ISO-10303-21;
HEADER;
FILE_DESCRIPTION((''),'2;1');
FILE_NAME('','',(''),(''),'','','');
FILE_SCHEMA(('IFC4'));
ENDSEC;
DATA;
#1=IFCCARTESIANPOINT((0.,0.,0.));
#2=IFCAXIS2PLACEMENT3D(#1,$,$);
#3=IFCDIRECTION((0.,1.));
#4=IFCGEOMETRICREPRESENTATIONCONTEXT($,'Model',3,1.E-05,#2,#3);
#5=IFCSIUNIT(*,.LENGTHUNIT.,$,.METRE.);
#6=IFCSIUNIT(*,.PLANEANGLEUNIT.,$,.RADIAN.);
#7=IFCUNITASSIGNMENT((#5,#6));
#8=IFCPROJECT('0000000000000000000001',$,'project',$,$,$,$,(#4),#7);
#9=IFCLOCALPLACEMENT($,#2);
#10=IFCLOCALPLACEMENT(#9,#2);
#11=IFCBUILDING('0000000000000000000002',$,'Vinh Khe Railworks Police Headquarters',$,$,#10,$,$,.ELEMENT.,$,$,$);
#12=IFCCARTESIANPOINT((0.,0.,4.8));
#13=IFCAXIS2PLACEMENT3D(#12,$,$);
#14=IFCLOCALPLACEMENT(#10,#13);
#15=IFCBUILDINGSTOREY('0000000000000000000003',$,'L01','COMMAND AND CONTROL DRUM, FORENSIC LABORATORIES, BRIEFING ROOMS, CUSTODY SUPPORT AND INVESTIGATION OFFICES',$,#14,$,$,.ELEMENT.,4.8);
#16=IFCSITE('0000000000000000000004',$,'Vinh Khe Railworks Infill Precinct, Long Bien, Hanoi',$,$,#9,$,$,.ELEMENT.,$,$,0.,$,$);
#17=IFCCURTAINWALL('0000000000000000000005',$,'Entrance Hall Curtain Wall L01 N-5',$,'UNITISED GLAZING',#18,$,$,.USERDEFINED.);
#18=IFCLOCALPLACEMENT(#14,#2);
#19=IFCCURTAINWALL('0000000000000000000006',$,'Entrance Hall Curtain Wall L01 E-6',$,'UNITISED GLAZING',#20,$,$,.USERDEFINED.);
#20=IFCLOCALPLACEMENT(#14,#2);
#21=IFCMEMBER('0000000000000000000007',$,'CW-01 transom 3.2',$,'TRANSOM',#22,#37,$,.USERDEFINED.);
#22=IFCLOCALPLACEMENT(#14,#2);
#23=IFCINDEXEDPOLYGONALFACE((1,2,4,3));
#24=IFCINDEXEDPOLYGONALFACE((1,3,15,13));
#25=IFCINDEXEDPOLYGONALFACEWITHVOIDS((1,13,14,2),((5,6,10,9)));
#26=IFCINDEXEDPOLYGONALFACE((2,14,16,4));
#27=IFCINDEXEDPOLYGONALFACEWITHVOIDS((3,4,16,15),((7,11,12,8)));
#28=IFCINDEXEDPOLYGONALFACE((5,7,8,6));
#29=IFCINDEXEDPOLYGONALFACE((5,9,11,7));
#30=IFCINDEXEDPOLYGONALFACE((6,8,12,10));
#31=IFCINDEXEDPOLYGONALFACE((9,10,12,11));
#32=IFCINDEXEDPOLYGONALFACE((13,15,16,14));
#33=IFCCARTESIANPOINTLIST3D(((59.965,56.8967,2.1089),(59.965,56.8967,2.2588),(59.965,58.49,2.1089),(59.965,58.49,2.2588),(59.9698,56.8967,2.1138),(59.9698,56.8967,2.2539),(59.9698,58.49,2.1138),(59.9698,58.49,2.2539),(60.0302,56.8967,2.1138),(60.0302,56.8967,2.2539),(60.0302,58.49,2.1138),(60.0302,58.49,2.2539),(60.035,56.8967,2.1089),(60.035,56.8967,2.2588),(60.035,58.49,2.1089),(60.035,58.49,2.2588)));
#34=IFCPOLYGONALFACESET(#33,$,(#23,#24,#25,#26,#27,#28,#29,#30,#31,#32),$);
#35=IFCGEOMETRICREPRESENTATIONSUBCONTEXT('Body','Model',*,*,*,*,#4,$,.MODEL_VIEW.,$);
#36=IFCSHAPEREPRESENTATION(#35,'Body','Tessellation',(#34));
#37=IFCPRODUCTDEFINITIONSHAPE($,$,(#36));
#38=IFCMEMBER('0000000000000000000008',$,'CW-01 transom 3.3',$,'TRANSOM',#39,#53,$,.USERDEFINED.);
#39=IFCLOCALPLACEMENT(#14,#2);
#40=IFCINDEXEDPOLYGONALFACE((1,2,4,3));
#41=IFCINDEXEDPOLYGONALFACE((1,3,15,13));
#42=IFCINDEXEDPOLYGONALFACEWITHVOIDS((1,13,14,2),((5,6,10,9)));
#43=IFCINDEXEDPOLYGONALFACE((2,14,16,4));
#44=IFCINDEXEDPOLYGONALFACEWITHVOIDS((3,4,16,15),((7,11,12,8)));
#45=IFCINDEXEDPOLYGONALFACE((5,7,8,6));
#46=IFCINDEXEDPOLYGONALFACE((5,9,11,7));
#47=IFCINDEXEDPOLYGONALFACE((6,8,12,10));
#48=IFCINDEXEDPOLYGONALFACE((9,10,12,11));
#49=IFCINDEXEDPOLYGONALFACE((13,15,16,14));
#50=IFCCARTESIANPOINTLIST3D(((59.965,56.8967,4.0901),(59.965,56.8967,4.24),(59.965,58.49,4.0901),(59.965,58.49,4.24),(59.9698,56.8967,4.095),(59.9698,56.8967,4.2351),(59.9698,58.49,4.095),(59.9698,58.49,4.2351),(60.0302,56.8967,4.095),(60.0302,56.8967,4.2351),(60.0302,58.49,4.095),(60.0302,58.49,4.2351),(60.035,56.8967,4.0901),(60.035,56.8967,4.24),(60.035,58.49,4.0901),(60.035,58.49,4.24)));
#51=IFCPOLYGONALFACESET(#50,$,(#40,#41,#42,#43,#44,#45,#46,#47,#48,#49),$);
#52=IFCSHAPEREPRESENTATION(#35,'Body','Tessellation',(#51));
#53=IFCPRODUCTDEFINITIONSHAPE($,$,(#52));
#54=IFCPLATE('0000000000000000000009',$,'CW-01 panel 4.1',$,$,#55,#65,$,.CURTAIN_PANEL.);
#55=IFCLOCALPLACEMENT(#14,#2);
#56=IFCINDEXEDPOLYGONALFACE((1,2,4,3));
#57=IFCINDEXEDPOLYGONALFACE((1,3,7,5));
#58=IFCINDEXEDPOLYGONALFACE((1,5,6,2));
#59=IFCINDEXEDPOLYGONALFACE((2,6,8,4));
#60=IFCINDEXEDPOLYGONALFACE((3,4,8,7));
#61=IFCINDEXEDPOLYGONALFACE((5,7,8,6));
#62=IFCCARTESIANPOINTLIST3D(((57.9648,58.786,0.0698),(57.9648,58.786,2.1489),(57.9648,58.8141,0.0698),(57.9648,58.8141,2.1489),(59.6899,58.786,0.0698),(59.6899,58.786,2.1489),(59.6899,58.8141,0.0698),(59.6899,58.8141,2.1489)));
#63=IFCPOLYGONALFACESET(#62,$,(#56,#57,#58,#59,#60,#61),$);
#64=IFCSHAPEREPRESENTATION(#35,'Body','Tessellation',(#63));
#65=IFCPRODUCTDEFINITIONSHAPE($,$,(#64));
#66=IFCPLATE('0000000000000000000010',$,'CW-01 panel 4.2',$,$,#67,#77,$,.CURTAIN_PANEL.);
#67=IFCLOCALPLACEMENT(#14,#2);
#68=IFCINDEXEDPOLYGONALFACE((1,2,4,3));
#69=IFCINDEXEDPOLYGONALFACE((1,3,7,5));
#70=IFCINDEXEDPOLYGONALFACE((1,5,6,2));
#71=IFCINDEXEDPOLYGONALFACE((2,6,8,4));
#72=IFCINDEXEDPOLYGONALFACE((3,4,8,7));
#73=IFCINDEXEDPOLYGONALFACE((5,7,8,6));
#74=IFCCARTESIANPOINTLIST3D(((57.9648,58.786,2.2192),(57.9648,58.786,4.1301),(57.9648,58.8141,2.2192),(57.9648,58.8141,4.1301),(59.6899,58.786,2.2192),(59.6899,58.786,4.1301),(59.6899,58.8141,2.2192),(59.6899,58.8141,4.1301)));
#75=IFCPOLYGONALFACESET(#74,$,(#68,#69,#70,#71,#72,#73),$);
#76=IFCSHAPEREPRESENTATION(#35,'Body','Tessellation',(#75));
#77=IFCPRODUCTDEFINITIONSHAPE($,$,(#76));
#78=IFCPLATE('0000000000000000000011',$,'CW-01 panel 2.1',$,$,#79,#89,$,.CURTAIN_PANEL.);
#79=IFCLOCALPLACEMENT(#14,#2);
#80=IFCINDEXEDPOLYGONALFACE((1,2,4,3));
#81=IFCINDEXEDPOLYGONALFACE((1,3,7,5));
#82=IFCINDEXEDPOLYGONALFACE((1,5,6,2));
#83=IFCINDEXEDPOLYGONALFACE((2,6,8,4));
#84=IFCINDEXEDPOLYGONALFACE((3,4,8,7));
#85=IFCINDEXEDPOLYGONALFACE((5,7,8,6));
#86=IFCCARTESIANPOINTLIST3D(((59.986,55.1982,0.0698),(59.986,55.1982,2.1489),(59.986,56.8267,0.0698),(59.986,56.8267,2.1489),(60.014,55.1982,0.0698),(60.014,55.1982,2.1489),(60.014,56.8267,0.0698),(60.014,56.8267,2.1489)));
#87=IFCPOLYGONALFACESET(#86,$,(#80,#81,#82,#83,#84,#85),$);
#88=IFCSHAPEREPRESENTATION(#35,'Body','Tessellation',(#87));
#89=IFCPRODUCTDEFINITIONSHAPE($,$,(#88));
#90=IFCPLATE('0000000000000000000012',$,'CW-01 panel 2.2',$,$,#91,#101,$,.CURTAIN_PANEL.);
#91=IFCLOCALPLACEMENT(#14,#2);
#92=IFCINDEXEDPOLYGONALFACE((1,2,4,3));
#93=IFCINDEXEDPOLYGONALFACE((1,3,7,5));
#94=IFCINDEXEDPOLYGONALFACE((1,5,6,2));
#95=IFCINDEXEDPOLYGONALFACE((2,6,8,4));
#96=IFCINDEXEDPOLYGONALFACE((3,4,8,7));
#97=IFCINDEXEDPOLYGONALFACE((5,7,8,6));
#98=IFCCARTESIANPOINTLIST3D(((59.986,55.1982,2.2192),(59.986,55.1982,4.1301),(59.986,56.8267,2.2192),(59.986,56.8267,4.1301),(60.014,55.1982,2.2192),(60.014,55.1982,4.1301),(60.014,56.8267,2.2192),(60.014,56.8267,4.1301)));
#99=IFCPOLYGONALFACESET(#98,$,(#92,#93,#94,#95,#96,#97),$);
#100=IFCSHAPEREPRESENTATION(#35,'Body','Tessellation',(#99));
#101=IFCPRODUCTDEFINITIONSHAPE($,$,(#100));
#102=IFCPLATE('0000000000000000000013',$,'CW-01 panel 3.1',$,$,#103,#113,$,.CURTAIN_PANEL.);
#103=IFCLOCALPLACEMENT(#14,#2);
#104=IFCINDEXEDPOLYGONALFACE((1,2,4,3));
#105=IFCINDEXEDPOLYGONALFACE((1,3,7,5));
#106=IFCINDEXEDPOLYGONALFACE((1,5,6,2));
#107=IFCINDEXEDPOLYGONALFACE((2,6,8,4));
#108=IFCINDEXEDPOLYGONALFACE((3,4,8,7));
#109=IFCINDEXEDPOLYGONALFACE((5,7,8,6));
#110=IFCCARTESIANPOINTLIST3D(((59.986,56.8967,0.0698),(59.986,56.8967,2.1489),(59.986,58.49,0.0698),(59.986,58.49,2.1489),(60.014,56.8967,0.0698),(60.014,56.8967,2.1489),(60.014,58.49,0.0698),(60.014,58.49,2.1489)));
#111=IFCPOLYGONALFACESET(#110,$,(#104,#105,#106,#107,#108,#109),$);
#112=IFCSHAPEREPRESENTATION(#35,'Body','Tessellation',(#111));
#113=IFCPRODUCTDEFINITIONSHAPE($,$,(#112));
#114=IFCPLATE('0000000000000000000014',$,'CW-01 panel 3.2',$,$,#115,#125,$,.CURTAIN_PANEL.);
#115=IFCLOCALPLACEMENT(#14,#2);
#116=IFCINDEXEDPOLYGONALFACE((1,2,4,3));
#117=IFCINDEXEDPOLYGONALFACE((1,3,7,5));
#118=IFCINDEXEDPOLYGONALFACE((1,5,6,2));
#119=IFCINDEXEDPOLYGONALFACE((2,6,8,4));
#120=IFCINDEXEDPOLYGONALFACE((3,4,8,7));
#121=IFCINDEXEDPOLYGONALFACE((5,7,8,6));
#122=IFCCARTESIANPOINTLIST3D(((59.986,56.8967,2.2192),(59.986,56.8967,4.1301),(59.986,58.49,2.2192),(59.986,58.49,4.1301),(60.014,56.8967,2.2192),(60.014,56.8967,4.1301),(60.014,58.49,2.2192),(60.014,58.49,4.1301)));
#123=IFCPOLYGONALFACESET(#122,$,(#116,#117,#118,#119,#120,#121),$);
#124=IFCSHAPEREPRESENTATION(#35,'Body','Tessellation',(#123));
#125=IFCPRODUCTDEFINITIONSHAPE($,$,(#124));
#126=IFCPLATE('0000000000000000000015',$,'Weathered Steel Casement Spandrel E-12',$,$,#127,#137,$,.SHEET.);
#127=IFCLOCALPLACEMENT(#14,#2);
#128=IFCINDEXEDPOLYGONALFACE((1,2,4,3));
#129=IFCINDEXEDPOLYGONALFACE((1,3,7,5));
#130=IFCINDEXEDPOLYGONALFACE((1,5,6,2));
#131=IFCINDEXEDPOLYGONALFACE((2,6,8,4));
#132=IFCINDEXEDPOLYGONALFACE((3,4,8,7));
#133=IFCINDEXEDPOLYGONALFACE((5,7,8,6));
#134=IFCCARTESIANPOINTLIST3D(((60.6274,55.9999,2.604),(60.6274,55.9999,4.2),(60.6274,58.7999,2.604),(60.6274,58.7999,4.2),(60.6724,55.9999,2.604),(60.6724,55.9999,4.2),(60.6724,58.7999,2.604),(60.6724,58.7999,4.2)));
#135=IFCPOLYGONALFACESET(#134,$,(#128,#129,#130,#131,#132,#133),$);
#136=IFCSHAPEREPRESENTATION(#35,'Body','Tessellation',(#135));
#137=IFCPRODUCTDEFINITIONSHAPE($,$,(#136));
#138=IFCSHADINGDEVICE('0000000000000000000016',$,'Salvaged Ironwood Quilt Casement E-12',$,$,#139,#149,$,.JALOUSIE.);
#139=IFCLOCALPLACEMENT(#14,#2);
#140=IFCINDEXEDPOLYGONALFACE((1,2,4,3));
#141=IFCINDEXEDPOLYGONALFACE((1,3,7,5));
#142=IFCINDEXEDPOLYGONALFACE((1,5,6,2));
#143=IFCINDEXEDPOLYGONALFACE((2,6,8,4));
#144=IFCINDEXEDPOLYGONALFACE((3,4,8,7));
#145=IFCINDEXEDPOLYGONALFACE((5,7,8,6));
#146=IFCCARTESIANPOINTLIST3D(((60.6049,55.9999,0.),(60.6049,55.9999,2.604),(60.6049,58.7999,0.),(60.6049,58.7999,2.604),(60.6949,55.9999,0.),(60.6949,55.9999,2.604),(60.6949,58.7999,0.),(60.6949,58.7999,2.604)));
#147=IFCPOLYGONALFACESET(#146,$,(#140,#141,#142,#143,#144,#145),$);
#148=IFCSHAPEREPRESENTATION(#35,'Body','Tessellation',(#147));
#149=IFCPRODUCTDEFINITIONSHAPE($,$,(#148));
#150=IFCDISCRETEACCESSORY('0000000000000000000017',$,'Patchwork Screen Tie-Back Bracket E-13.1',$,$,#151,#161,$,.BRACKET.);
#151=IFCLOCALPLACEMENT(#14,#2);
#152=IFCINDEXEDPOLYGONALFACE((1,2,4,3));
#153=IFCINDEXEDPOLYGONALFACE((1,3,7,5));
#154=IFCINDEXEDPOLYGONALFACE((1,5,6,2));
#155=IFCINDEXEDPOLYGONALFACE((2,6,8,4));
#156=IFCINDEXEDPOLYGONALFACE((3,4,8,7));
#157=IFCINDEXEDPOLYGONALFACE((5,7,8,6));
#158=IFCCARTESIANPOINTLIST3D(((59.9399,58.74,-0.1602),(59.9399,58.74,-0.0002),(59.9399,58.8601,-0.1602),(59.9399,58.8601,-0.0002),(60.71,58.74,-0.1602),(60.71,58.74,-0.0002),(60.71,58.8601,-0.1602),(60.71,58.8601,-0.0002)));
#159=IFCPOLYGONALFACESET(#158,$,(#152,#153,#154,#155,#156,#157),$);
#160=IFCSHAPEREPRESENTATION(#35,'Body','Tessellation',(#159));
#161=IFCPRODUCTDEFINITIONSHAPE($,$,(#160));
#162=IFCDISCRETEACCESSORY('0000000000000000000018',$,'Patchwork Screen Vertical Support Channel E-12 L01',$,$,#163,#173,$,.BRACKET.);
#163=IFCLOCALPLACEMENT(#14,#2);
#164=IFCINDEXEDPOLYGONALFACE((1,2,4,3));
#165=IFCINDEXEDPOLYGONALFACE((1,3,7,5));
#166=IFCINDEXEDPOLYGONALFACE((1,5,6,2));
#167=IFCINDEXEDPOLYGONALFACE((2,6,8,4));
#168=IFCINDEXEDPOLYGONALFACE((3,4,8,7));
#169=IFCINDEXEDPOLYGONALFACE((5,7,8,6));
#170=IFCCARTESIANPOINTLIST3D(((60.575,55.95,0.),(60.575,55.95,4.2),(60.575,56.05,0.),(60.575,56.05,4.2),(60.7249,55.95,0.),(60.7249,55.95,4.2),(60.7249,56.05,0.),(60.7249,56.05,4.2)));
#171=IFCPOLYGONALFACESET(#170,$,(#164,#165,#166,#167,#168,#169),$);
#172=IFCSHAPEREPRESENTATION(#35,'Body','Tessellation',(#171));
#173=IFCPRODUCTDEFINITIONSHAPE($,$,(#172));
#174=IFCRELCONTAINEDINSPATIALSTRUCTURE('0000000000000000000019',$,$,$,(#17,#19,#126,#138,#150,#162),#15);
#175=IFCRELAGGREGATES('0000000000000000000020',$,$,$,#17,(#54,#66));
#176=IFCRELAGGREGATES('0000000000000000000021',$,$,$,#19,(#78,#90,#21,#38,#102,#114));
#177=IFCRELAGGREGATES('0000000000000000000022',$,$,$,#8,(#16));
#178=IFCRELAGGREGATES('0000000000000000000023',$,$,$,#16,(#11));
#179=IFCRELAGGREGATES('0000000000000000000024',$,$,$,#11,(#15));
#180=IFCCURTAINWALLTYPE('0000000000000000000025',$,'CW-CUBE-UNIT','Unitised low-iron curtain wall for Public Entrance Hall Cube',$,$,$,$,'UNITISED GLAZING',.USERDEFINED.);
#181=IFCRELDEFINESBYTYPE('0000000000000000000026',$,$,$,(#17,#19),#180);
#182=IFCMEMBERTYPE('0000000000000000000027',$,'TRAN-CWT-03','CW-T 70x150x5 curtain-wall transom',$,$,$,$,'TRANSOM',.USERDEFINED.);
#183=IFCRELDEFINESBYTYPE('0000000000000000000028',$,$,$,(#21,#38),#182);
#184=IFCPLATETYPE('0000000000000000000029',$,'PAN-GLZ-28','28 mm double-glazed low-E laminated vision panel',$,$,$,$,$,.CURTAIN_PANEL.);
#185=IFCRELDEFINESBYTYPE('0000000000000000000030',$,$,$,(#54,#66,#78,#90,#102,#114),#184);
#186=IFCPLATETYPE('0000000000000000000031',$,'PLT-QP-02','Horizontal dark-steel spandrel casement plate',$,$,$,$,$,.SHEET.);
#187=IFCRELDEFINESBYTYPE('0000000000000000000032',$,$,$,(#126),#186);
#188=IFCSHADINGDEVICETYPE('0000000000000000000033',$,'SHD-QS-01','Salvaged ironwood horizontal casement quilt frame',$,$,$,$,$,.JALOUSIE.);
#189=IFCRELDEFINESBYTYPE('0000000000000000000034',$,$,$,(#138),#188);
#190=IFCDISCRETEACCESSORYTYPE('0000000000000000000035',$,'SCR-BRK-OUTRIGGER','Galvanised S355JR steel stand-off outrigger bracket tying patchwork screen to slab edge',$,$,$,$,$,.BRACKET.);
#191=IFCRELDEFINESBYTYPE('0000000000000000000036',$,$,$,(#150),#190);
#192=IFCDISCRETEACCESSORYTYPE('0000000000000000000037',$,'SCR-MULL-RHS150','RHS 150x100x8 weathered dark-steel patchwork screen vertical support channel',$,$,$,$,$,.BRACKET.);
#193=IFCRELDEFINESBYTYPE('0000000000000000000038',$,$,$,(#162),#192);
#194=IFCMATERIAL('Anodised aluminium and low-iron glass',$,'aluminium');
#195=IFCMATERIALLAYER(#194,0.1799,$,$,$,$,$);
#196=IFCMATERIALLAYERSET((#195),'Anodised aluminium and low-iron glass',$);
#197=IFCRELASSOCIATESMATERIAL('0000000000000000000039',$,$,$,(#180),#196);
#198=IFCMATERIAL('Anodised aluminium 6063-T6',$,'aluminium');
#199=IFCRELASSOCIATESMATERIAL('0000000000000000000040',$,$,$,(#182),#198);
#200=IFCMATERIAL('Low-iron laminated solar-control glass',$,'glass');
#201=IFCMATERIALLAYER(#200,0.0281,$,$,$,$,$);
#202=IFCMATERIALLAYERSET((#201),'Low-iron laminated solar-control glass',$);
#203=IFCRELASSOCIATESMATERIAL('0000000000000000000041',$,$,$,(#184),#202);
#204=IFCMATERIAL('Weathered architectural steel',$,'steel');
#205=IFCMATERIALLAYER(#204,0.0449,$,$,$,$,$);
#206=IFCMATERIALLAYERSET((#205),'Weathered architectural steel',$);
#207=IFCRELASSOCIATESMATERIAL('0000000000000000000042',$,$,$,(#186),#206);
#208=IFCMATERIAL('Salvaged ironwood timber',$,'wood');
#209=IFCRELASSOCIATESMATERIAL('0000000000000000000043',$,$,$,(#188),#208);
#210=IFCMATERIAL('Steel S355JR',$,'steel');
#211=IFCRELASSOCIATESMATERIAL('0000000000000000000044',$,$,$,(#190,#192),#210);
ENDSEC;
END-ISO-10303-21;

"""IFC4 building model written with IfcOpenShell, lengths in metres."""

from ifc_helpers import new_model, si_unit, direction, frame, origin, origin_2d, place, context, subcontext, project, spatial, rectangle, hollow_rectangle, extrude, material, layer, layer_set, material_profile, profile_set, type_object, element, aggregate, save


model = new_model("IFC4")

# Units and contexts
model_context = context("Model", 3, precision=1e-05, world=origin(), true_north=direction((0.0, 1.0)))
body_context = subcontext(model_context, "Body", "Model", "MODEL_VIEW")
ifc_project = project(units=[si_unit("LENGTHUNIT", "METRE"), si_unit("PLANEANGLEUNIT", "RADIAN")], contexts=[model_context])

# Site, building, storey
site_placement = place(None, origin())
site = spatial("IfcSite", under=ifc_project, at=site_placement, Name="Vinh Khe Railworks Infill Precinct, Long Bien, Hanoi", CompositionType="ELEMENT", RefElevation=0.0)
building_placement = place(site_placement, origin())
building = spatial("IfcBuilding", under=site, at=building_placement, Name="Vinh Khe Railworks Police Headquarters", CompositionType="ELEMENT")
storey_placement = place(building_placement, frame((0.0, 0.0, 4.8)))
storey = spatial("IfcBuildingStorey", under=building, at=storey_placement, Name="L01", Description="COMMAND AND CONTROL DRUM, FORENSIC LABORATORIES, BRIEFING ROOMS, CUSTODY SUPPORT AND INVESTIGATION OFFICES", CompositionType="ELEMENT", Elevation=4.8)

# Shared definitions
ifc_material_1 = material(Name="Steel S355JR", Category="steel")

# Shared definitions
ifc_material_2 = material(Name="Salvaged ironwood timber", Category="wood")

# Curtain wall
ifc_material_3 = material(Name="Anodised aluminium and low-iron glass", Category="aluminium")
ifc_layer_1 = layer(ifc_material_3, 0.1799)
ifc_layer_set_1 = layer_set([ifc_layer_1], Name="Anodised aluminium and low-iron glass")
curtain_wall_type = type_object("IfcCurtainWallType", Name="CW-CUBE-UNIT", Description="Unitised low-iron curtain wall for Public Entrance Hall Cube", ElementType="UNITISED GLAZING", PredefinedType="USERDEFINED", material=ifc_layer_set_1)
curtain_wall_1_placement = place(storey_placement, origin())
curtain_wall_1 = element("IfcCurtainWall", 1, at=curtain_wall_1_placement, inside=storey, type_object=curtain_wall_type, Name="Entrance Hall Curtain Wall L01 N-5", ObjectType="UNITISED GLAZING", PredefinedType="USERDEFINED")
ifc_material_4 = material(Name="Anodised aluminium 6063-T6", Category="aluminium")

# Curtain wall, members
curtain_wall_2_placement = place(storey_placement, origin())
curtain_wall_2 = element("IfcCurtainWall", 2, at=curtain_wall_2_placement, inside=storey, type_object=curtain_wall_type, Name="Entrance Hall Curtain Wall L01 E-6", ObjectType="UNITISED GLAZING", PredefinedType="USERDEFINED")
ifc_material_profile_1 = material_profile(ifc_material_4, hollow_rectangle(XDim=0.0701, YDim=0.1499, WallThickness=0.0049, at=origin_2d()), Name="CW-T 70x150x5")
ifc_profile_set_1 = profile_set([ifc_material_profile_1], Name="Anodised aluminium 6063-T6")
member_type_1 = type_object("IfcMemberType", Name="TRAN-CWT-03", Description="CW-T 70x150x5 curtain-wall transom", ElementType="TRANSOM", PredefinedType="USERDEFINED", material=ifc_profile_set_1)
member_1_placement = place(storey_placement, frame((60.0, 56.8967, 2.1838), z_axis=(0.0, 1.0, 0.0), x_axis=(-1.0, 0.0, 0.0)))
member_1 = element("IfcMember", 3, at=member_1_placement, type_object=member_type_1, Name="CW-01 transom 3.2", ObjectType="TRANSOM", PredefinedType="USERDEFINED", context=body_context, shape_type="SweptSolid", body=[
    extrude(hollow_rectangle(XDim=0.0701, YDim=0.1499, WallThickness=0.0049, at=origin_2d()), origin(), (0.0, 0.0, 1.0), 1.5933),
])
member_2_placement = place(storey_placement, frame((60.0, 56.8967, 4.165), z_axis=(0.0, 1.0, 0.0), x_axis=(-1.0, 0.0, 0.0)))
member_2 = element("IfcMember", 4, at=member_2_placement, type_object=member_type_1, Name="CW-01 transom 3.3", ObjectType="TRANSOM", PredefinedType="USERDEFINED", context=body_context, shape_type="SweptSolid", body=[
    extrude(hollow_rectangle(XDim=0.0701, YDim=0.1499, WallThickness=0.0049, at=origin_2d()), origin(), (0.0, 0.0, 1.0), 1.5933),
])

# Plates
ifc_material_5 = material(Name="Low-iron laminated solar-control glass", Category="glass")
ifc_layer_2 = layer(ifc_material_5, 0.0281)
ifc_layer_set_2 = layer_set([ifc_layer_2], Name="Low-iron laminated solar-control glass")
plate_type_1 = type_object("IfcPlateType", Name="PAN-GLZ-28", Description="28 mm double-glazed low-E laminated vision panel", PredefinedType="CURTAIN_PANEL", material=ifc_layer_set_2)
plate_1_placement = place(storey_placement, frame((58.8274, 58.8, 0.0698), z_axis=(0.0, 0.0, 1.0), x_axis=(1.0, 0.0, 0.0)))
plate_1 = element("IfcPlate", 5, at=plate_1_placement, type_object=plate_type_1, Name="CW-01 panel 4.1", PredefinedType="CURTAIN_PANEL", context=body_context, shape_type="SweptSolid", body=[
    extrude(rectangle(XDim=1.7251, YDim=0.0281, at=origin_2d()), origin(), (0.0, 0.0, 1.0), 2.0791),
])
plate_2_placement = place(storey_placement, frame((58.8274, 58.8, 2.2192), z_axis=(0.0, 0.0, 1.0), x_axis=(1.0, 0.0, 0.0)))
plate_2 = element("IfcPlate", 6, at=plate_2_placement, type_object=plate_type_1, Name="CW-01 panel 4.2", PredefinedType="CURTAIN_PANEL", context=body_context, shape_type="SweptSolid", body=[
    extrude(rectangle(XDim=1.7251, YDim=0.0281, at=origin_2d()), origin(), (0.0, 0.0, 1.0), 1.9109),
])
aggregate(curtain_wall_1, [plate_1, plate_2])
plate_3_placement = place(storey_placement, frame((60.0, 56.0125, 0.0698), z_axis=(0.0, 0.0, 1.0), x_axis=(0.0, 1.0, 0.0)))
plate_3 = element("IfcPlate", 7, at=plate_3_placement, type_object=plate_type_1, Name="CW-01 panel 2.1", PredefinedType="CURTAIN_PANEL", context=body_context, shape_type="SweptSolid", body=[
    extrude(rectangle(XDim=1.6284, YDim=0.0281, at=origin_2d()), origin(), (0.0, 0.0, 1.0), 2.0791),
])
plate_4_placement = place(storey_placement, frame((60.0, 56.0125, 2.2192), z_axis=(0.0, 0.0, 1.0), x_axis=(0.0, 1.0, 0.0)))
plate_4 = element("IfcPlate", 8, at=plate_4_placement, type_object=plate_type_1, Name="CW-01 panel 2.2", PredefinedType="CURTAIN_PANEL", context=body_context, shape_type="SweptSolid", body=[
    extrude(rectangle(XDim=1.6284, YDim=0.0281, at=origin_2d()), origin(), (0.0, 0.0, 1.0), 1.9109),
])
plate_5_placement = place(storey_placement, frame((60.0, 57.6934, 0.0698), z_axis=(0.0, 0.0, 1.0), x_axis=(0.0, 1.0, 0.0)))
plate_5 = element("IfcPlate", 9, at=plate_5_placement, type_object=plate_type_1, Name="CW-01 panel 3.1", PredefinedType="CURTAIN_PANEL", context=body_context, shape_type="SweptSolid", body=[
    extrude(rectangle(XDim=1.5933, YDim=0.0281, at=origin_2d()), origin(), (0.0, 0.0, 1.0), 2.0791),
])
plate_6_placement = place(storey_placement, frame((60.0, 57.6934, 2.2192), z_axis=(0.0, 0.0, 1.0), x_axis=(0.0, 1.0, 0.0)))
plate_6 = element("IfcPlate", 10, at=plate_6_placement, type_object=plate_type_1, Name="CW-01 panel 3.2", PredefinedType="CURTAIN_PANEL", context=body_context, shape_type="SweptSolid", body=[
    extrude(rectangle(XDim=1.5933, YDim=0.0281, at=origin_2d()), origin(), (0.0, 0.0, 1.0), 1.9109),
])
aggregate(curtain_wall_2, [plate_3, plate_4, member_1, member_2, plate_5, plate_6])
ifc_material_6 = material(Name="Weathered architectural steel", Category="steel")
ifc_layer_3 = layer(ifc_material_6, 0.0449)
ifc_layer_set_3 = layer_set([ifc_layer_3], Name="Weathered architectural steel")
plate_type_2 = type_object("IfcPlateType", Name="PLT-QP-02", Description="Horizontal dark-steel spandrel casement plate", PredefinedType="SHEET", material=ifc_layer_set_3)
plate_7_placement = place(storey_placement, frame((60.6499, 57.3999, 2.604), z_axis=(0.0, 0.0, 1.0), x_axis=(0.0, 1.0, 0.0)))
element("IfcPlate", 11, at=plate_7_placement, inside=storey, type_object=plate_type_2, Name="Weathered Steel Casement Spandrel E-12", PredefinedType="SHEET", context=body_context, shape_type="SweptSolid", body=[
    extrude(rectangle(XDim=2.8, YDim=0.0449, at=origin_2d()), origin(), (0.0, 0.0, 1.0), 1.5959),
])

# Shading device
shading_device_type = type_object("IfcShadingDeviceType", Name="SHD-QS-01", Description="Salvaged ironwood horizontal casement quilt frame", PredefinedType="JALOUSIE", material=ifc_material_2)
shading_device_placement = place(storey_placement, frame((60.6499, 57.3999, 0.0), z_axis=(0.0, 0.0, 1.0), x_axis=(0.0, 1.0, 0.0)))
element("IfcShadingDevice", 12, at=shading_device_placement, inside=storey, type_object=shading_device_type, Name="Salvaged Ironwood Quilt Casement E-12", PredefinedType="JALOUSIE", context=body_context, shape_type="SweptSolid", body=[
    extrude(rectangle(XDim=2.8, YDim=0.0901, at=origin_2d()), origin(), (0.0, 0.0, 1.0), 2.604),
])

# Discrete accessories
discrete_accessory_type_1 = type_object("IfcDiscreteAccessoryType", Name="SCR-BRK-OUTRIGGER", Description="Galvanised S355JR steel stand-off outrigger bracket tying patchwork screen to slab edge", PredefinedType="BRACKET", material=ifc_material_1)
discrete_accessory_1_placement = place(storey_placement, frame((60.325, 58.8, -0.1602), z_axis=(0.0, 0.0, 1.0), x_axis=(1.0, 0.0, 0.0)))
element("IfcDiscreteAccessory", 13, at=discrete_accessory_1_placement, inside=storey, type_object=discrete_accessory_type_1, Name="Patchwork Screen Tie-Back Bracket E-13.1", PredefinedType="BRACKET", context=body_context, shape_type="SweptSolid", body=[
    extrude(rectangle(XDim=0.77, YDim=0.1201, at=origin_2d()), origin(), (0.0, 0.0, 1.0), 0.1599),
])
discrete_accessory_type_2 = type_object("IfcDiscreteAccessoryType", Name="SCR-MULL-RHS150", Description="RHS 150x100x8 weathered dark-steel patchwork screen vertical support channel", PredefinedType="BRACKET", material=ifc_material_1)
discrete_accessory_2_placement = place(storey_placement, frame((60.6499, 56.0, 0.0), z_axis=(0.0, 0.0, 1.0), x_axis=(1.0, 0.0, 0.0)))
element("IfcDiscreteAccessory", 14, at=discrete_accessory_2_placement, inside=storey, type_object=discrete_accessory_type_2, Name="Patchwork Screen Vertical Support Channel E-12 L01", PredefinedType="BRACKET", context=body_context, shape_type="SweptSolid", body=[
    extrude(rectangle(XDim=0.1499, YDim=0.1001, at=origin_2d()), origin(), (0.0, 0.0, 1.0), 4.2),
])

save(model, "model.ifc")
